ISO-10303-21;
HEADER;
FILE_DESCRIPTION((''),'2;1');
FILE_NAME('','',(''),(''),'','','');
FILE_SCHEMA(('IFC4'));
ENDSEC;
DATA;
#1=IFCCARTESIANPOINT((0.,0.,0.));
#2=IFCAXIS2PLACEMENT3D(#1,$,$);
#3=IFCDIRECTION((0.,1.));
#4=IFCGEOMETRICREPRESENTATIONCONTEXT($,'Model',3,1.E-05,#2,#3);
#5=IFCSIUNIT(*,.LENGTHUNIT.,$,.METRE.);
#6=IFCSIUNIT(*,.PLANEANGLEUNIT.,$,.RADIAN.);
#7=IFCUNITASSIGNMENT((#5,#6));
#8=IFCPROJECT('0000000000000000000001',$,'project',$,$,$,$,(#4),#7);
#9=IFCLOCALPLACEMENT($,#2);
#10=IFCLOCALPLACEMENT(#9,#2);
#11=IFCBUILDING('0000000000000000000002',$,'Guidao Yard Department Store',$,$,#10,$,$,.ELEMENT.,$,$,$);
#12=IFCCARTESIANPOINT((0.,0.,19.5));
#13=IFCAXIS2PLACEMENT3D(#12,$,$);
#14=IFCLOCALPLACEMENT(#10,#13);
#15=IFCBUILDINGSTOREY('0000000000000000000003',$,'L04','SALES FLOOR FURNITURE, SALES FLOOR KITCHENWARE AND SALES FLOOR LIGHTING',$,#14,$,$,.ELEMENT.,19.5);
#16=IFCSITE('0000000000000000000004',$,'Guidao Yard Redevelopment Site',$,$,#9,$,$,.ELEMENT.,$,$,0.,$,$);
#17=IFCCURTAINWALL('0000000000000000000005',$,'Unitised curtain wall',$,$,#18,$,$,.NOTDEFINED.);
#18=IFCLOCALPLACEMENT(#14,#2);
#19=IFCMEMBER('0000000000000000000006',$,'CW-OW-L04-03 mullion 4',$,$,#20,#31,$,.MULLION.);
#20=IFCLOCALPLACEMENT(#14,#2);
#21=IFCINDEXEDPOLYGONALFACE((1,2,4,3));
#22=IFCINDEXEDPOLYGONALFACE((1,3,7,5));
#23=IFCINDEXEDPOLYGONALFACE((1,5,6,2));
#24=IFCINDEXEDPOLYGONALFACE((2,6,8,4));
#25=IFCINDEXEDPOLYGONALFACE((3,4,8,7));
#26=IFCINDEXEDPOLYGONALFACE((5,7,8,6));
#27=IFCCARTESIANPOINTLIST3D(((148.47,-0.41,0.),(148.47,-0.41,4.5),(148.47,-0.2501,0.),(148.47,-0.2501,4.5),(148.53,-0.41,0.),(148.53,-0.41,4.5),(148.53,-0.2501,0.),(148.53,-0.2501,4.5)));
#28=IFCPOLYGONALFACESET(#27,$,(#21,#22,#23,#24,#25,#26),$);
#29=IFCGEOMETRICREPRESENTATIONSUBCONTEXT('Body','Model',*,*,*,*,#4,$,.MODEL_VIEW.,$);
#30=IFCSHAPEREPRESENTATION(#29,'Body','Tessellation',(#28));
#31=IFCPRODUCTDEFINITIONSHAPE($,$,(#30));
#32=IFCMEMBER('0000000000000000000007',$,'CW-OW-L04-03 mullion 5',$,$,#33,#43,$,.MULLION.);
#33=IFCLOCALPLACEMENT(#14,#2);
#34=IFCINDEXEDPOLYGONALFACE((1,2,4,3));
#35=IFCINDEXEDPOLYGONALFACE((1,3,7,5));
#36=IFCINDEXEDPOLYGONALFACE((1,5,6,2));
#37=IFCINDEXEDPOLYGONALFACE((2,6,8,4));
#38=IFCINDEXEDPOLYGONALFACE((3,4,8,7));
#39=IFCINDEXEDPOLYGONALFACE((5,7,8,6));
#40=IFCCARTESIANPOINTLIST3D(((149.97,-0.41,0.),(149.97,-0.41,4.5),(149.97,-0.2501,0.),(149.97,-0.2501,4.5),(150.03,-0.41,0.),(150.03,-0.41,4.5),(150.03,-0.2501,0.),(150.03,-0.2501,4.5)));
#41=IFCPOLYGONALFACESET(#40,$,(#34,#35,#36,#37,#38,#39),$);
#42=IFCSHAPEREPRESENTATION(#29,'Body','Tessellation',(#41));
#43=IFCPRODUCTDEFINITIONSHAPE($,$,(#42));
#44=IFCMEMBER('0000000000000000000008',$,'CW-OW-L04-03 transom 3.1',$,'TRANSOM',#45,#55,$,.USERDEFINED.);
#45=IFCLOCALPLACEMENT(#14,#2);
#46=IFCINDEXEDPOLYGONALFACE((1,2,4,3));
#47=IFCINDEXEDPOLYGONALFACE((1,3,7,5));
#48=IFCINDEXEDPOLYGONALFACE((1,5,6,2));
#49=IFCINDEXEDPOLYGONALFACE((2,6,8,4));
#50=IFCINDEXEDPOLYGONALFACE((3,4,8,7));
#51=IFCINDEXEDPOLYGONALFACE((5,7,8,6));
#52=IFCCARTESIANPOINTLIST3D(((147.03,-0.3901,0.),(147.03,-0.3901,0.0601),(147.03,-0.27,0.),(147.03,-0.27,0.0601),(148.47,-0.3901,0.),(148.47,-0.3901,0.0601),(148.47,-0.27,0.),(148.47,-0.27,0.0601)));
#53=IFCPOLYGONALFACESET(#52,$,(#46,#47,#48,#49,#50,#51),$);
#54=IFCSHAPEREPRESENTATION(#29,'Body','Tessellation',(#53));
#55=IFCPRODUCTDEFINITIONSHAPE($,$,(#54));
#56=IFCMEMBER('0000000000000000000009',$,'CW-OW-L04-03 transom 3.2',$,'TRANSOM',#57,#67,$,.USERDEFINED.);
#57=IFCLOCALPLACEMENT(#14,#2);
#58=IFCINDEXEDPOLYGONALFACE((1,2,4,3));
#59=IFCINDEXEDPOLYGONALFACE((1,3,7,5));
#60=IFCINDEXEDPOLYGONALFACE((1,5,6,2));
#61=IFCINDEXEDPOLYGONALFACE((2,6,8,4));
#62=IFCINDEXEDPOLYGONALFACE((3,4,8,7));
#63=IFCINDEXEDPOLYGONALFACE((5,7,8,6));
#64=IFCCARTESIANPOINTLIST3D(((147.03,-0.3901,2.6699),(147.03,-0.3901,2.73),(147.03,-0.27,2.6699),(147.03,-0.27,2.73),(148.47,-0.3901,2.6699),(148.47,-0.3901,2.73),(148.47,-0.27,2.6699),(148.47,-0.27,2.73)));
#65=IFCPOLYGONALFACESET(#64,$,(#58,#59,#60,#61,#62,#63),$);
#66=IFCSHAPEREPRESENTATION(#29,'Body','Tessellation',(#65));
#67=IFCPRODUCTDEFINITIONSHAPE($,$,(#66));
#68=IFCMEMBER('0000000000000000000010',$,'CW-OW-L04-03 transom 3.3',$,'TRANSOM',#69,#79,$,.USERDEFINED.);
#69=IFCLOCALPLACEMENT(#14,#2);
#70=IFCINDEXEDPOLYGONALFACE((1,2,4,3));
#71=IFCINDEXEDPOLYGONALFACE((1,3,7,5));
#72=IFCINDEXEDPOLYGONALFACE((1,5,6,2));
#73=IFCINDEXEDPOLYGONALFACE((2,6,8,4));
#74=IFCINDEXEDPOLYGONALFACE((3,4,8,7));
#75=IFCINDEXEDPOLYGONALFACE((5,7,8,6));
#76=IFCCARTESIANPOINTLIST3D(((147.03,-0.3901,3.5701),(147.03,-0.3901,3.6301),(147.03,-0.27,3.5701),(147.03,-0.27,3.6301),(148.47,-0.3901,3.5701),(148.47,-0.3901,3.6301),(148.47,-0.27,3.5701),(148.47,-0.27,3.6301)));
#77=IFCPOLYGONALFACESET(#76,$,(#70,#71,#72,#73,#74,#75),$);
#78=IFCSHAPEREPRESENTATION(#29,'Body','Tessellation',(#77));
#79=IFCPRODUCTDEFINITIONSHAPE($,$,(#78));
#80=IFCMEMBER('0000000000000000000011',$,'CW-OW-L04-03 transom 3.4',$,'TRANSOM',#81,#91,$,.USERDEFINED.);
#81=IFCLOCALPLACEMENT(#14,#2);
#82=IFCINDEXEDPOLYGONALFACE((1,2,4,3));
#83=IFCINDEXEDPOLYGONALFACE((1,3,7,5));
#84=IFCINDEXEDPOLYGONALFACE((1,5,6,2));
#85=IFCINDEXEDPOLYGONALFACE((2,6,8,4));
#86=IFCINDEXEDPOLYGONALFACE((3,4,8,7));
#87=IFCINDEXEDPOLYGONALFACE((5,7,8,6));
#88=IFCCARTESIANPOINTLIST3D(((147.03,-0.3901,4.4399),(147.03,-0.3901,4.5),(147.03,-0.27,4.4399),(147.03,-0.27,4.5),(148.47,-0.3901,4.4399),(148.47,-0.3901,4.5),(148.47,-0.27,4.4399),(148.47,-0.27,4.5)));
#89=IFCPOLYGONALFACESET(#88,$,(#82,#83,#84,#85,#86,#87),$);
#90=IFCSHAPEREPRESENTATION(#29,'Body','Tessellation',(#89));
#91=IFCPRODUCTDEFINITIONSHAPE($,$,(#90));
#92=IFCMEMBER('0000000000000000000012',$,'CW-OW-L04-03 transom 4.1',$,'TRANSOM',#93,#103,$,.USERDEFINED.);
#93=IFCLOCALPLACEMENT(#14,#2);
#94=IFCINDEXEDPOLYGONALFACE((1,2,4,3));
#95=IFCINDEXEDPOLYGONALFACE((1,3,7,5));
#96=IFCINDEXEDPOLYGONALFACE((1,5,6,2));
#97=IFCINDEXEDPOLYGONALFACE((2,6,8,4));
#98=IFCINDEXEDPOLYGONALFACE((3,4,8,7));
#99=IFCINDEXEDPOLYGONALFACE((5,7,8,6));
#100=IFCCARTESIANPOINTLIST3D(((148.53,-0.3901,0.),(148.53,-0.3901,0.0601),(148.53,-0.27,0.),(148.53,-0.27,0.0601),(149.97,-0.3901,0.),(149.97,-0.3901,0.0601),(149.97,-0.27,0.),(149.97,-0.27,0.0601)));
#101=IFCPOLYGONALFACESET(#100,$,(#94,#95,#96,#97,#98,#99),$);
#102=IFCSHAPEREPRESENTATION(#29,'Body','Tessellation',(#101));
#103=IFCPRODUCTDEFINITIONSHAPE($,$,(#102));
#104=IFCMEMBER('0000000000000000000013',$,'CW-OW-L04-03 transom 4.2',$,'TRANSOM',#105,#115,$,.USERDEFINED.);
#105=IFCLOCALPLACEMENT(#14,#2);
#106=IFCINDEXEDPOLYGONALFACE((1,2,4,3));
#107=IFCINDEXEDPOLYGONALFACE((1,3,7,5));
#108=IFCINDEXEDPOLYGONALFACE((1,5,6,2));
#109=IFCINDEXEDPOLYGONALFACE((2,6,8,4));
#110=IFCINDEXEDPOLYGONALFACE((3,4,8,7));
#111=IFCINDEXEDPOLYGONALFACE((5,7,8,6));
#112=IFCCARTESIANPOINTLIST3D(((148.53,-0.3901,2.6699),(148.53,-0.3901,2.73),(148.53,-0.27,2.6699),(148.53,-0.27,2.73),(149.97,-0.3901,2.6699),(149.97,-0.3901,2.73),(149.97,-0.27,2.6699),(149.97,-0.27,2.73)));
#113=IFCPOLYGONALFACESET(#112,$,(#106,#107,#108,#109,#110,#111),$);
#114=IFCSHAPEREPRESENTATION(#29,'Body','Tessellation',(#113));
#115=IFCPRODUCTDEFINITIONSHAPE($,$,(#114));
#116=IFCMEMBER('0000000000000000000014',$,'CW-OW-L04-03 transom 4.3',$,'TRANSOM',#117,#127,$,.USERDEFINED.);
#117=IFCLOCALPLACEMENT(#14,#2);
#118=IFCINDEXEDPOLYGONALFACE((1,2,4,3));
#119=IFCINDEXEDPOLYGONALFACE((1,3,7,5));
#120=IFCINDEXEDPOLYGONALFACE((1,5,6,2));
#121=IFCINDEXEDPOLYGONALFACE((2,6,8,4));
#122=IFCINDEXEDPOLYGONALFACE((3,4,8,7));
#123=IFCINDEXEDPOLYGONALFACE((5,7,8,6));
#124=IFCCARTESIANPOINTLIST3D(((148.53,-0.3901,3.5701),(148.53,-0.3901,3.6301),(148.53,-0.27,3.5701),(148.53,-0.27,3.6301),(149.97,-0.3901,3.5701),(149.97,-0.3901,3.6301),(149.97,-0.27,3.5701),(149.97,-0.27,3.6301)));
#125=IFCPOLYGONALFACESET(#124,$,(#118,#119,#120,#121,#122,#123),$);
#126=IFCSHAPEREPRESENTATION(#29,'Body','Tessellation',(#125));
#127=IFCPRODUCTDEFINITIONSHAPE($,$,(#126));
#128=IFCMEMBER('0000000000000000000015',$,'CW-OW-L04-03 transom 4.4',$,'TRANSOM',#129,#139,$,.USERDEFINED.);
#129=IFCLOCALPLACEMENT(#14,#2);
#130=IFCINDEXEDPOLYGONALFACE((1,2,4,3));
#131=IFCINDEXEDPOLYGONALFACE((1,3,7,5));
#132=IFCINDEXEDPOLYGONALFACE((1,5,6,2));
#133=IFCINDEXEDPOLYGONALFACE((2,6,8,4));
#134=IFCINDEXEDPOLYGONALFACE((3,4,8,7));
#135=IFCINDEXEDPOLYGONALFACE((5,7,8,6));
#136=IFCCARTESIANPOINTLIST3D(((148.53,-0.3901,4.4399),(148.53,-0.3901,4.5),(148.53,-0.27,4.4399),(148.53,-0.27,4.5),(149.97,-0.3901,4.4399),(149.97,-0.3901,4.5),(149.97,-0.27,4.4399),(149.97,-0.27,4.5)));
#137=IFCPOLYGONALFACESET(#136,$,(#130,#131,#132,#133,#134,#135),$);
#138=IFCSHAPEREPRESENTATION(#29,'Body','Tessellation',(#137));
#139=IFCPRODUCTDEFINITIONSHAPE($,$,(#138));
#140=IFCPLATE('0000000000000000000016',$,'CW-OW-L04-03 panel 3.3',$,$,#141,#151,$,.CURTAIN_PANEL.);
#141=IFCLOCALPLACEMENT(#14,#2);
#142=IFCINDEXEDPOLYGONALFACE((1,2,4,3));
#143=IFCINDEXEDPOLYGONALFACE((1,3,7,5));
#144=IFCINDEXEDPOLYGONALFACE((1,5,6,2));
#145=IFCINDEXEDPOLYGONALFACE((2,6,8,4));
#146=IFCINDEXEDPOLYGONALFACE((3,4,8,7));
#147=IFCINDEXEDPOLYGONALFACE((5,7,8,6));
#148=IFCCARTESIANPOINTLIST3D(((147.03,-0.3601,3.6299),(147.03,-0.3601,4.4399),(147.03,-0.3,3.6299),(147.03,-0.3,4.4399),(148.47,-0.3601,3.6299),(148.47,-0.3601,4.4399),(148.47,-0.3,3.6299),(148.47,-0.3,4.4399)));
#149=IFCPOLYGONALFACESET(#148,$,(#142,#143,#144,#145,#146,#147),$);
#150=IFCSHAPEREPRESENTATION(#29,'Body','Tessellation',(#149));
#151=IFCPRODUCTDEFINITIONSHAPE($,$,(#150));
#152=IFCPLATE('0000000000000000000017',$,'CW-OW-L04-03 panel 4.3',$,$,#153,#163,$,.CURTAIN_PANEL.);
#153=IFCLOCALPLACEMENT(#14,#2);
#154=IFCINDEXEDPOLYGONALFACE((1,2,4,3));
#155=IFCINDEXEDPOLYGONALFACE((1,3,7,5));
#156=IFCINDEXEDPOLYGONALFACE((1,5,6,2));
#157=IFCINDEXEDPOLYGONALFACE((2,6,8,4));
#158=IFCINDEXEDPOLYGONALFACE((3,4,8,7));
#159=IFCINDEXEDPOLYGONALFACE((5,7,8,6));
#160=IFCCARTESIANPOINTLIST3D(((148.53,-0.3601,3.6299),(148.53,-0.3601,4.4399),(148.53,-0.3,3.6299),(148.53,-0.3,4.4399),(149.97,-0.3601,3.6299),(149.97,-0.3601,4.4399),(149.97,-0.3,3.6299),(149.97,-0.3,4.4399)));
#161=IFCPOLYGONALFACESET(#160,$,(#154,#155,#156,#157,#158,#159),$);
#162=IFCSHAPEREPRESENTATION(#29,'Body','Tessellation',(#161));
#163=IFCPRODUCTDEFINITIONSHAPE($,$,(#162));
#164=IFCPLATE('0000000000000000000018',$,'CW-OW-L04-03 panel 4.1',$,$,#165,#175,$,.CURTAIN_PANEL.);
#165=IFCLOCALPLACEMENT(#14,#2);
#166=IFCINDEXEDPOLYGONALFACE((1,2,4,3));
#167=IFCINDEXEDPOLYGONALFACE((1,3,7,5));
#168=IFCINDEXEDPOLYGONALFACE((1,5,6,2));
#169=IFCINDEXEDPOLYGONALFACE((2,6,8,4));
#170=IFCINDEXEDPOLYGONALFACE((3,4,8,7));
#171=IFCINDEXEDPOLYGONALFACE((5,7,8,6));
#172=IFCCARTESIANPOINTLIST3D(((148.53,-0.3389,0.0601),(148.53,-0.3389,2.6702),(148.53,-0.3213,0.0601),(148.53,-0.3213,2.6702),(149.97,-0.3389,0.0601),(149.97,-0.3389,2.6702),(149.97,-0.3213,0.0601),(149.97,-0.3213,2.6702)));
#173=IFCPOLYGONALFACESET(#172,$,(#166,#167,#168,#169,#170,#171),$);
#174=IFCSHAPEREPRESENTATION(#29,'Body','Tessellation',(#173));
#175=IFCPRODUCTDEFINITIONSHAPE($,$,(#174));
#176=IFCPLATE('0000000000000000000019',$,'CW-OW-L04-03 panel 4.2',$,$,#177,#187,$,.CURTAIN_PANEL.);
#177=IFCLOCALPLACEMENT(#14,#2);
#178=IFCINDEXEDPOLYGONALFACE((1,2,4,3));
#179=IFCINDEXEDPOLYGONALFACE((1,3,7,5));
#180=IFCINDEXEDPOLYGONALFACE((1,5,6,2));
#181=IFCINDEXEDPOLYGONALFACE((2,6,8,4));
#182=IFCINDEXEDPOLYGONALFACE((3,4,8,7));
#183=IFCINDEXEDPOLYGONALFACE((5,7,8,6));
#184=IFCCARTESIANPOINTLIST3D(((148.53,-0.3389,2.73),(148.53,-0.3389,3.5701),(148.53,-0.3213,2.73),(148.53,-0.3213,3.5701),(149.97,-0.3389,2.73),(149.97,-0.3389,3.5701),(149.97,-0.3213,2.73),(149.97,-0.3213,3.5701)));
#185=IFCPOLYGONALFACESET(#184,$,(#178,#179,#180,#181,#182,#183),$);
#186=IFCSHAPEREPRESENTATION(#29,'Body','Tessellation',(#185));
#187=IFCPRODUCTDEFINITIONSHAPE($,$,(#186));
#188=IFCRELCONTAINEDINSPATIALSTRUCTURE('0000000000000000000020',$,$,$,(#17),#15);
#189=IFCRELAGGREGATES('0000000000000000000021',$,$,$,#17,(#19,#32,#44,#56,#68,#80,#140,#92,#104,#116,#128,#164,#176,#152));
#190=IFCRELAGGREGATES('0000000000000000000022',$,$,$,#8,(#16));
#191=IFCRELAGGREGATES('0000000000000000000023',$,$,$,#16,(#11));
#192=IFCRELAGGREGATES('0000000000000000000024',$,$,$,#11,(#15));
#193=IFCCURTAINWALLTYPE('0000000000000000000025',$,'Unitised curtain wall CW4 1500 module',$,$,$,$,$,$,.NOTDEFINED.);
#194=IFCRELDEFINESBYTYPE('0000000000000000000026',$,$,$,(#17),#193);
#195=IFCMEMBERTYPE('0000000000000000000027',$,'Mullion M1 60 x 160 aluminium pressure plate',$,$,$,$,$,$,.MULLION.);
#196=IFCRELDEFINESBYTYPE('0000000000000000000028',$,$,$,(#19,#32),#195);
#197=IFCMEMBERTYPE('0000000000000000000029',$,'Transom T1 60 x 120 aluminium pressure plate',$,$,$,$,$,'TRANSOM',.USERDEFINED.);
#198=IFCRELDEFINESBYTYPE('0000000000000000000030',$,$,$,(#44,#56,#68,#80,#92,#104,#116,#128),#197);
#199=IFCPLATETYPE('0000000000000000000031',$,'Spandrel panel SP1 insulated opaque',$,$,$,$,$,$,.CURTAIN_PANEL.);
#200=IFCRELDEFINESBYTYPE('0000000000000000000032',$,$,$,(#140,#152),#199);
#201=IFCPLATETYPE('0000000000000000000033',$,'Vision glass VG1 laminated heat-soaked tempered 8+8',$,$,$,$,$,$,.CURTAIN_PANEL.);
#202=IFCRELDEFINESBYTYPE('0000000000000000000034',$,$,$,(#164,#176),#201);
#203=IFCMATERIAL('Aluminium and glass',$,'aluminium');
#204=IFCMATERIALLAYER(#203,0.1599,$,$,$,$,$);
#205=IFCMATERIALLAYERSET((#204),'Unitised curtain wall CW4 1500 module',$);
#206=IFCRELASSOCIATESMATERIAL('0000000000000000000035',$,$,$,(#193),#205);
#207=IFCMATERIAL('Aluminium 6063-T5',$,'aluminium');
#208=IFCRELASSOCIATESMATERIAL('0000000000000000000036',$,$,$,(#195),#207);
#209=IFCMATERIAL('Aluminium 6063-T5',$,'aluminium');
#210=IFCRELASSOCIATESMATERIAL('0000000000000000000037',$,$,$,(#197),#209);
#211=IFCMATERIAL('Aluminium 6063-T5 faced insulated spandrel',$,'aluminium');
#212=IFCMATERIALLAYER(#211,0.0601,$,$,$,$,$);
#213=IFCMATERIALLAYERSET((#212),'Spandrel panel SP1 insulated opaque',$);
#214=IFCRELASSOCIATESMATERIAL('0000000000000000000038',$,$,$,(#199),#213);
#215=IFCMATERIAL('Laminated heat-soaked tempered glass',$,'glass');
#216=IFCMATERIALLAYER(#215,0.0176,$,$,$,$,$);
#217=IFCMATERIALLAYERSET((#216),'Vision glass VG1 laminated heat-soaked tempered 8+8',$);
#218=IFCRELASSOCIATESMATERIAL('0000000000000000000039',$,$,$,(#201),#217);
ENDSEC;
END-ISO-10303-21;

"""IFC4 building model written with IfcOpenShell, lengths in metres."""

from ifc_helpers import new_model, si_unit, direction, frame, origin, origin_2d, place, context, subcontext, project, spatial, rectangle, extrude, material, layer, layer_set, material_profile, profile_set, type_object, element, aggregate, save


model = new_model("IFC4")

# Units and contexts
model_context = context("Model", 3, precision=1e-05, world=origin(), true_north=direction((0.0, 1.0)))
body_context = subcontext(model_context, "Body", "Model", "MODEL_VIEW")
ifc_project = project(units=[si_unit("LENGTHUNIT", "METRE"), si_unit("PLANEANGLEUNIT", "RADIAN")], contexts=[model_context])

# Site, building, storey
site_placement = place(None, origin())
site = spatial("IfcSite", under=ifc_project, at=site_placement, Name="Guidao Yard Redevelopment Site", CompositionType="ELEMENT", RefElevation=0.0)
building_placement = place(site_placement, origin())
building = spatial("IfcBuilding", under=site, at=building_placement, Name="Guidao Yard Department Store", CompositionType="ELEMENT")
storey_placement = place(building_placement, frame((0.0, 0.0, 19.5)))
storey = spatial("IfcBuildingStorey", under=building, at=storey_placement, Name="L04", Description="SALES FLOOR FURNITURE, SALES FLOOR KITCHENWARE AND SALES FLOOR LIGHTING", CompositionType="ELEMENT", Elevation=19.5)

# Curtain wall, members, plates
ifc_material_1 = material(Name="Aluminium and glass", Category="aluminium")
ifc_layer_1 = layer(ifc_material_1, 0.1599)
ifc_layer_set_1 = layer_set([ifc_layer_1], Name="Unitised curtain wall CW4 1500 module")
curtain_wall_type = type_object("IfcCurtainWallType", Name="Unitised curtain wall CW4 1500 module", PredefinedType="NOTDEFINED", material=ifc_layer_set_1)
curtain_wall_placement = place(storey_placement, origin())
curtain_wall = element("IfcCurtainWall", 1, at=curtain_wall_placement, inside=storey, type_object=curtain_wall_type, Name="Unitised curtain wall", PredefinedType="NOTDEFINED")
ifc_material_2 = material(Name="Aluminium 6063-T5", Category="aluminium")
ifc_material_profile_1 = material_profile(ifc_material_2, rectangle(XDim=0.0601, YDim=0.1599, at=origin_2d()), Name="Mullion M1 60 x 160 aluminium pressure plate")
ifc_profile_set_1 = profile_set([ifc_material_profile_1], Name="Aluminium 6063-T5")
member_type_1 = type_object("IfcMemberType", Name="Mullion M1 60 x 160 aluminium pressure plate", PredefinedType="MULLION", material=ifc_profile_set_1)
member_1_placement = place(storey_placement, frame((148.5, -0.3301, 0.0), z_axis=(0.0, 0.0, 1.0), x_axis=(-1.0, 0.0, 0.0)))
member_1 = element("IfcMember", 2, at=member_1_placement, type_object=member_type_1, Name="CW-OW-L04-03 mullion 4", PredefinedType="MULLION", context=body_context, shape_type="SweptSolid", body=[
    extrude(rectangle(XDim=0.0601, YDim=0.1599, at=origin_2d()), origin(), (0.0, 0.0, 1.0), 4.5),
])
member_2_placement = place(storey_placement, frame((150.0, -0.3301, 0.0), z_axis=(0.0, 0.0, 1.0), x_axis=(-1.0, 0.0, 0.0)))
member_2 = element("IfcMember", 3, at=member_2_placement, type_object=member_type_1, Name="CW-OW-L04-03 mullion 5", PredefinedType="MULLION", context=body_context, shape_type="SweptSolid", body=[
    extrude(rectangle(XDim=0.0601, YDim=0.1599, at=origin_2d()), origin(), (0.0, 0.0, 1.0), 4.5),
])
ifc_material_3 = material(Name="Aluminium 6063-T5", Category="aluminium")
ifc_material_profile_2 = material_profile(ifc_material_3, rectangle(XDim=0.1201, YDim=0.0601, at=origin_2d()), Name="Transom T1 60 x 120 aluminium pressure plate")
ifc_profile_set_2 = profile_set([ifc_material_profile_2], Name="Aluminium 6063-T5")
member_type_2 = type_object("IfcMemberType", Name="Transom T1 60 x 120 aluminium pressure plate", ElementType="TRANSOM", PredefinedType="USERDEFINED", material=ifc_profile_set_2)
member_3_placement = place(storey_placement, frame((148.47, -0.3301, 0.03), z_axis=(-1.0, 0.0, 0.0), x_axis=(0.0, -1.0, 0.0)))
member_3 = element("IfcMember", 4, at=member_3_placement, type_object=member_type_2, Name="CW-OW-L04-03 transom 3.1", ObjectType="TRANSOM", PredefinedType="USERDEFINED", context=body_context, shape_type="SweptSolid", body=[
    extrude(rectangle(XDim=0.1201, YDim=0.0601, at=origin_2d()), origin(), (0.0, 0.0, 1.0), 1.4399),
])
member_4_placement = place(storey_placement, frame((148.47, -0.3301, 2.7), z_axis=(-1.0, 0.0, 0.0), x_axis=(0.0, -1.0, 0.0)))
member_4 = element("IfcMember", 5, at=member_4_placement, type_object=member_type_2, Name="CW-OW-L04-03 transom 3.2", ObjectType="TRANSOM", PredefinedType="USERDEFINED", context=body_context, shape_type="SweptSolid", body=[
    extrude(rectangle(XDim=0.1201, YDim=0.0601, at=origin_2d()), origin(), (0.0, 0.0, 1.0), 1.4399),
])
member_5_placement = place(storey_placement, frame((148.47, -0.3301, 3.6001), z_axis=(-1.0, 0.0, 0.0), x_axis=(0.0, -1.0, 0.0)))
member_5 = element("IfcMember", 6, at=member_5_placement, type_object=member_type_2, Name="CW-OW-L04-03 transom 3.3", ObjectType="TRANSOM", PredefinedType="USERDEFINED", context=body_context, shape_type="SweptSolid", body=[
    extrude(rectangle(XDim=0.1201, YDim=0.0601, at=origin_2d()), origin(), (0.0, 0.0, 1.0), 1.4399),
])
member_6_placement = place(storey_placement, frame((148.47, -0.3301, 4.47), z_axis=(-1.0, 0.0, 0.0), x_axis=(0.0, -1.0, 0.0)))
member_6 = element("IfcMember", 7, at=member_6_placement, type_object=member_type_2, Name="CW-OW-L04-03 transom 3.4", ObjectType="TRANSOM", PredefinedType="USERDEFINED", context=body_context, shape_type="SweptSolid", body=[
    extrude(rectangle(XDim=0.1201, YDim=0.0601, at=origin_2d()), origin(), (0.0, 0.0, 1.0), 1.4399),
])
member_7_placement = place(storey_placement, frame((149.97, -0.3301, 0.03), z_axis=(-1.0, 0.0, 0.0), x_axis=(0.0, -1.0, 0.0)))
member_7 = element("IfcMember", 8, at=member_7_placement, type_object=member_type_2, Name="CW-OW-L04-03 transom 4.1", ObjectType="TRANSOM", PredefinedType="USERDEFINED", context=body_context, shape_type="SweptSolid", body=[
    extrude(rectangle(XDim=0.1201, YDim=0.0601, at=origin_2d()), origin(), (0.0, 0.0, 1.0), 1.4399),
])
member_8_placement = place(storey_placement, frame((149.97, -0.3301, 2.7), z_axis=(-1.0, 0.0, 0.0), x_axis=(0.0, -1.0, 0.0)))
member_8 = element("IfcMember", 9, at=member_8_placement, type_object=member_type_2, Name="CW-OW-L04-03 transom 4.2", ObjectType="TRANSOM", PredefinedType="USERDEFINED", context=body_context, shape_type="SweptSolid", body=[
    extrude(rectangle(XDim=0.1201, YDim=0.0601, at=origin_2d()), origin(), (0.0, 0.0, 1.0), 1.4399),
])
member_9_placement = place(storey_placement, frame((149.97, -0.3301, 3.6001), z_axis=(-1.0, 0.0, 0.0), x_axis=(0.0, -1.0, 0.0)))
member_9 = element("IfcMember", 10, at=member_9_placement, type_object=member_type_2, Name="CW-OW-L04-03 transom 4.3", ObjectType="TRANSOM", PredefinedType="USERDEFINED", context=body_context, shape_type="SweptSolid", body=[
    extrude(rectangle(XDim=0.1201, YDim=0.0601, at=origin_2d()), origin(), (0.0, 0.0, 1.0), 1.4399),
])
member_10_placement = place(storey_placement, frame((149.97, -0.3301, 4.47), z_axis=(-1.0, 0.0, 0.0), x_axis=(0.0, -1.0, 0.0)))
member_10 = element("IfcMember", 11, at=member_10_placement, type_object=member_type_2, Name="CW-OW-L04-03 transom 4.4", ObjectType="TRANSOM", PredefinedType="USERDEFINED", context=body_context, shape_type="SweptSolid", body=[
    extrude(rectangle(XDim=0.1201, YDim=0.0601, at=origin_2d()), origin(), (0.0, 0.0, 1.0), 1.4399),
])
ifc_material_4 = material(Name="Aluminium 6063-T5 faced insulated spandrel", Category="aluminium")
ifc_layer_2 = layer(ifc_material_4, 0.0601)
ifc_layer_set_2 = layer_set([ifc_layer_2], Name="Spandrel panel SP1 insulated opaque")
plate_type_1 = type_object("IfcPlateType", Name="Spandrel panel SP1 insulated opaque", PredefinedType="CURTAIN_PANEL", material=ifc_layer_set_2)
plate_1_placement = place(storey_placement, frame((147.75, -0.3301, 3.6299), z_axis=(0.0, 0.0, 1.0), x_axis=(-1.0, 0.0, 0.0)))
plate_1 = element("IfcPlate", 12, at=plate_1_placement, type_object=plate_type_1, Name="CW-OW-L04-03 panel 3.3", PredefinedType="CURTAIN_PANEL", context=body_context, shape_type="SweptSolid", body=[
    extrude(rectangle(XDim=1.4399, YDim=0.0601, at=origin_2d()), origin(), (0.0, 0.0, 1.0), 0.8101),
])
plate_2_placement = place(storey_placement, frame((149.25, -0.3301, 3.6299), z_axis=(0.0, 0.0, 1.0), x_axis=(-1.0, 0.0, 0.0)))
plate_2 = element("IfcPlate", 13, at=plate_2_placement, type_object=plate_type_1, Name="CW-OW-L04-03 panel 4.3", PredefinedType="CURTAIN_PANEL", context=body_context, shape_type="SweptSolid", body=[
    extrude(rectangle(XDim=1.4399, YDim=0.0601, at=origin_2d()), origin(), (0.0, 0.0, 1.0), 0.8101),
])
ifc_material_5 = material(Name="Laminated heat-soaked tempered glass", Category="glass")
ifc_layer_3 = layer(ifc_material_5, 0.0176)
ifc_layer_set_3 = layer_set([ifc_layer_3], Name="Vision glass VG1 laminated heat-soaked tempered 8+8")
plate_type_2 = type_object("IfcPlateType", Name="Vision glass VG1 laminated heat-soaked tempered 8+8", PredefinedType="CURTAIN_PANEL", material=ifc_layer_set_3)
plate_3_placement = place(storey_placement, frame((149.25, -0.3301, 0.0601), z_axis=(0.0, 0.0, 1.0), x_axis=(-1.0, 0.0, 0.0)))
plate_3 = element("IfcPlate", 14, at=plate_3_placement, type_object=plate_type_2, Name="CW-OW-L04-03 panel 4.1", PredefinedType="CURTAIN_PANEL", context=body_context, shape_type="SweptSolid", body=[
    extrude(rectangle(XDim=1.4399, YDim=0.0176, at=origin_2d()), origin(), (0.0, 0.0, 1.0), 2.6101),
])
plate_4_placement = place(storey_placement, frame((149.25, -0.3301, 2.73), z_axis=(0.0, 0.0, 1.0), x_axis=(-1.0, 0.0, 0.0)))
plate_4 = element("IfcPlate", 15, at=plate_4_placement, type_object=plate_type_2, Name="CW-OW-L04-03 panel 4.2", PredefinedType="CURTAIN_PANEL", context=body_context, shape_type="SweptSolid", body=[
    extrude(rectangle(XDim=1.4399, YDim=0.0176, at=origin_2d()), origin(), (0.0, 0.0, 1.0), 0.8401),
])
aggregate(curtain_wall, [member_1, member_2, member_3, member_4, member_5, member_6, plate_1, member_7, member_8, member_9, member_10, plate_3, plate_4, plate_2])

save(model, "model.ifc")
